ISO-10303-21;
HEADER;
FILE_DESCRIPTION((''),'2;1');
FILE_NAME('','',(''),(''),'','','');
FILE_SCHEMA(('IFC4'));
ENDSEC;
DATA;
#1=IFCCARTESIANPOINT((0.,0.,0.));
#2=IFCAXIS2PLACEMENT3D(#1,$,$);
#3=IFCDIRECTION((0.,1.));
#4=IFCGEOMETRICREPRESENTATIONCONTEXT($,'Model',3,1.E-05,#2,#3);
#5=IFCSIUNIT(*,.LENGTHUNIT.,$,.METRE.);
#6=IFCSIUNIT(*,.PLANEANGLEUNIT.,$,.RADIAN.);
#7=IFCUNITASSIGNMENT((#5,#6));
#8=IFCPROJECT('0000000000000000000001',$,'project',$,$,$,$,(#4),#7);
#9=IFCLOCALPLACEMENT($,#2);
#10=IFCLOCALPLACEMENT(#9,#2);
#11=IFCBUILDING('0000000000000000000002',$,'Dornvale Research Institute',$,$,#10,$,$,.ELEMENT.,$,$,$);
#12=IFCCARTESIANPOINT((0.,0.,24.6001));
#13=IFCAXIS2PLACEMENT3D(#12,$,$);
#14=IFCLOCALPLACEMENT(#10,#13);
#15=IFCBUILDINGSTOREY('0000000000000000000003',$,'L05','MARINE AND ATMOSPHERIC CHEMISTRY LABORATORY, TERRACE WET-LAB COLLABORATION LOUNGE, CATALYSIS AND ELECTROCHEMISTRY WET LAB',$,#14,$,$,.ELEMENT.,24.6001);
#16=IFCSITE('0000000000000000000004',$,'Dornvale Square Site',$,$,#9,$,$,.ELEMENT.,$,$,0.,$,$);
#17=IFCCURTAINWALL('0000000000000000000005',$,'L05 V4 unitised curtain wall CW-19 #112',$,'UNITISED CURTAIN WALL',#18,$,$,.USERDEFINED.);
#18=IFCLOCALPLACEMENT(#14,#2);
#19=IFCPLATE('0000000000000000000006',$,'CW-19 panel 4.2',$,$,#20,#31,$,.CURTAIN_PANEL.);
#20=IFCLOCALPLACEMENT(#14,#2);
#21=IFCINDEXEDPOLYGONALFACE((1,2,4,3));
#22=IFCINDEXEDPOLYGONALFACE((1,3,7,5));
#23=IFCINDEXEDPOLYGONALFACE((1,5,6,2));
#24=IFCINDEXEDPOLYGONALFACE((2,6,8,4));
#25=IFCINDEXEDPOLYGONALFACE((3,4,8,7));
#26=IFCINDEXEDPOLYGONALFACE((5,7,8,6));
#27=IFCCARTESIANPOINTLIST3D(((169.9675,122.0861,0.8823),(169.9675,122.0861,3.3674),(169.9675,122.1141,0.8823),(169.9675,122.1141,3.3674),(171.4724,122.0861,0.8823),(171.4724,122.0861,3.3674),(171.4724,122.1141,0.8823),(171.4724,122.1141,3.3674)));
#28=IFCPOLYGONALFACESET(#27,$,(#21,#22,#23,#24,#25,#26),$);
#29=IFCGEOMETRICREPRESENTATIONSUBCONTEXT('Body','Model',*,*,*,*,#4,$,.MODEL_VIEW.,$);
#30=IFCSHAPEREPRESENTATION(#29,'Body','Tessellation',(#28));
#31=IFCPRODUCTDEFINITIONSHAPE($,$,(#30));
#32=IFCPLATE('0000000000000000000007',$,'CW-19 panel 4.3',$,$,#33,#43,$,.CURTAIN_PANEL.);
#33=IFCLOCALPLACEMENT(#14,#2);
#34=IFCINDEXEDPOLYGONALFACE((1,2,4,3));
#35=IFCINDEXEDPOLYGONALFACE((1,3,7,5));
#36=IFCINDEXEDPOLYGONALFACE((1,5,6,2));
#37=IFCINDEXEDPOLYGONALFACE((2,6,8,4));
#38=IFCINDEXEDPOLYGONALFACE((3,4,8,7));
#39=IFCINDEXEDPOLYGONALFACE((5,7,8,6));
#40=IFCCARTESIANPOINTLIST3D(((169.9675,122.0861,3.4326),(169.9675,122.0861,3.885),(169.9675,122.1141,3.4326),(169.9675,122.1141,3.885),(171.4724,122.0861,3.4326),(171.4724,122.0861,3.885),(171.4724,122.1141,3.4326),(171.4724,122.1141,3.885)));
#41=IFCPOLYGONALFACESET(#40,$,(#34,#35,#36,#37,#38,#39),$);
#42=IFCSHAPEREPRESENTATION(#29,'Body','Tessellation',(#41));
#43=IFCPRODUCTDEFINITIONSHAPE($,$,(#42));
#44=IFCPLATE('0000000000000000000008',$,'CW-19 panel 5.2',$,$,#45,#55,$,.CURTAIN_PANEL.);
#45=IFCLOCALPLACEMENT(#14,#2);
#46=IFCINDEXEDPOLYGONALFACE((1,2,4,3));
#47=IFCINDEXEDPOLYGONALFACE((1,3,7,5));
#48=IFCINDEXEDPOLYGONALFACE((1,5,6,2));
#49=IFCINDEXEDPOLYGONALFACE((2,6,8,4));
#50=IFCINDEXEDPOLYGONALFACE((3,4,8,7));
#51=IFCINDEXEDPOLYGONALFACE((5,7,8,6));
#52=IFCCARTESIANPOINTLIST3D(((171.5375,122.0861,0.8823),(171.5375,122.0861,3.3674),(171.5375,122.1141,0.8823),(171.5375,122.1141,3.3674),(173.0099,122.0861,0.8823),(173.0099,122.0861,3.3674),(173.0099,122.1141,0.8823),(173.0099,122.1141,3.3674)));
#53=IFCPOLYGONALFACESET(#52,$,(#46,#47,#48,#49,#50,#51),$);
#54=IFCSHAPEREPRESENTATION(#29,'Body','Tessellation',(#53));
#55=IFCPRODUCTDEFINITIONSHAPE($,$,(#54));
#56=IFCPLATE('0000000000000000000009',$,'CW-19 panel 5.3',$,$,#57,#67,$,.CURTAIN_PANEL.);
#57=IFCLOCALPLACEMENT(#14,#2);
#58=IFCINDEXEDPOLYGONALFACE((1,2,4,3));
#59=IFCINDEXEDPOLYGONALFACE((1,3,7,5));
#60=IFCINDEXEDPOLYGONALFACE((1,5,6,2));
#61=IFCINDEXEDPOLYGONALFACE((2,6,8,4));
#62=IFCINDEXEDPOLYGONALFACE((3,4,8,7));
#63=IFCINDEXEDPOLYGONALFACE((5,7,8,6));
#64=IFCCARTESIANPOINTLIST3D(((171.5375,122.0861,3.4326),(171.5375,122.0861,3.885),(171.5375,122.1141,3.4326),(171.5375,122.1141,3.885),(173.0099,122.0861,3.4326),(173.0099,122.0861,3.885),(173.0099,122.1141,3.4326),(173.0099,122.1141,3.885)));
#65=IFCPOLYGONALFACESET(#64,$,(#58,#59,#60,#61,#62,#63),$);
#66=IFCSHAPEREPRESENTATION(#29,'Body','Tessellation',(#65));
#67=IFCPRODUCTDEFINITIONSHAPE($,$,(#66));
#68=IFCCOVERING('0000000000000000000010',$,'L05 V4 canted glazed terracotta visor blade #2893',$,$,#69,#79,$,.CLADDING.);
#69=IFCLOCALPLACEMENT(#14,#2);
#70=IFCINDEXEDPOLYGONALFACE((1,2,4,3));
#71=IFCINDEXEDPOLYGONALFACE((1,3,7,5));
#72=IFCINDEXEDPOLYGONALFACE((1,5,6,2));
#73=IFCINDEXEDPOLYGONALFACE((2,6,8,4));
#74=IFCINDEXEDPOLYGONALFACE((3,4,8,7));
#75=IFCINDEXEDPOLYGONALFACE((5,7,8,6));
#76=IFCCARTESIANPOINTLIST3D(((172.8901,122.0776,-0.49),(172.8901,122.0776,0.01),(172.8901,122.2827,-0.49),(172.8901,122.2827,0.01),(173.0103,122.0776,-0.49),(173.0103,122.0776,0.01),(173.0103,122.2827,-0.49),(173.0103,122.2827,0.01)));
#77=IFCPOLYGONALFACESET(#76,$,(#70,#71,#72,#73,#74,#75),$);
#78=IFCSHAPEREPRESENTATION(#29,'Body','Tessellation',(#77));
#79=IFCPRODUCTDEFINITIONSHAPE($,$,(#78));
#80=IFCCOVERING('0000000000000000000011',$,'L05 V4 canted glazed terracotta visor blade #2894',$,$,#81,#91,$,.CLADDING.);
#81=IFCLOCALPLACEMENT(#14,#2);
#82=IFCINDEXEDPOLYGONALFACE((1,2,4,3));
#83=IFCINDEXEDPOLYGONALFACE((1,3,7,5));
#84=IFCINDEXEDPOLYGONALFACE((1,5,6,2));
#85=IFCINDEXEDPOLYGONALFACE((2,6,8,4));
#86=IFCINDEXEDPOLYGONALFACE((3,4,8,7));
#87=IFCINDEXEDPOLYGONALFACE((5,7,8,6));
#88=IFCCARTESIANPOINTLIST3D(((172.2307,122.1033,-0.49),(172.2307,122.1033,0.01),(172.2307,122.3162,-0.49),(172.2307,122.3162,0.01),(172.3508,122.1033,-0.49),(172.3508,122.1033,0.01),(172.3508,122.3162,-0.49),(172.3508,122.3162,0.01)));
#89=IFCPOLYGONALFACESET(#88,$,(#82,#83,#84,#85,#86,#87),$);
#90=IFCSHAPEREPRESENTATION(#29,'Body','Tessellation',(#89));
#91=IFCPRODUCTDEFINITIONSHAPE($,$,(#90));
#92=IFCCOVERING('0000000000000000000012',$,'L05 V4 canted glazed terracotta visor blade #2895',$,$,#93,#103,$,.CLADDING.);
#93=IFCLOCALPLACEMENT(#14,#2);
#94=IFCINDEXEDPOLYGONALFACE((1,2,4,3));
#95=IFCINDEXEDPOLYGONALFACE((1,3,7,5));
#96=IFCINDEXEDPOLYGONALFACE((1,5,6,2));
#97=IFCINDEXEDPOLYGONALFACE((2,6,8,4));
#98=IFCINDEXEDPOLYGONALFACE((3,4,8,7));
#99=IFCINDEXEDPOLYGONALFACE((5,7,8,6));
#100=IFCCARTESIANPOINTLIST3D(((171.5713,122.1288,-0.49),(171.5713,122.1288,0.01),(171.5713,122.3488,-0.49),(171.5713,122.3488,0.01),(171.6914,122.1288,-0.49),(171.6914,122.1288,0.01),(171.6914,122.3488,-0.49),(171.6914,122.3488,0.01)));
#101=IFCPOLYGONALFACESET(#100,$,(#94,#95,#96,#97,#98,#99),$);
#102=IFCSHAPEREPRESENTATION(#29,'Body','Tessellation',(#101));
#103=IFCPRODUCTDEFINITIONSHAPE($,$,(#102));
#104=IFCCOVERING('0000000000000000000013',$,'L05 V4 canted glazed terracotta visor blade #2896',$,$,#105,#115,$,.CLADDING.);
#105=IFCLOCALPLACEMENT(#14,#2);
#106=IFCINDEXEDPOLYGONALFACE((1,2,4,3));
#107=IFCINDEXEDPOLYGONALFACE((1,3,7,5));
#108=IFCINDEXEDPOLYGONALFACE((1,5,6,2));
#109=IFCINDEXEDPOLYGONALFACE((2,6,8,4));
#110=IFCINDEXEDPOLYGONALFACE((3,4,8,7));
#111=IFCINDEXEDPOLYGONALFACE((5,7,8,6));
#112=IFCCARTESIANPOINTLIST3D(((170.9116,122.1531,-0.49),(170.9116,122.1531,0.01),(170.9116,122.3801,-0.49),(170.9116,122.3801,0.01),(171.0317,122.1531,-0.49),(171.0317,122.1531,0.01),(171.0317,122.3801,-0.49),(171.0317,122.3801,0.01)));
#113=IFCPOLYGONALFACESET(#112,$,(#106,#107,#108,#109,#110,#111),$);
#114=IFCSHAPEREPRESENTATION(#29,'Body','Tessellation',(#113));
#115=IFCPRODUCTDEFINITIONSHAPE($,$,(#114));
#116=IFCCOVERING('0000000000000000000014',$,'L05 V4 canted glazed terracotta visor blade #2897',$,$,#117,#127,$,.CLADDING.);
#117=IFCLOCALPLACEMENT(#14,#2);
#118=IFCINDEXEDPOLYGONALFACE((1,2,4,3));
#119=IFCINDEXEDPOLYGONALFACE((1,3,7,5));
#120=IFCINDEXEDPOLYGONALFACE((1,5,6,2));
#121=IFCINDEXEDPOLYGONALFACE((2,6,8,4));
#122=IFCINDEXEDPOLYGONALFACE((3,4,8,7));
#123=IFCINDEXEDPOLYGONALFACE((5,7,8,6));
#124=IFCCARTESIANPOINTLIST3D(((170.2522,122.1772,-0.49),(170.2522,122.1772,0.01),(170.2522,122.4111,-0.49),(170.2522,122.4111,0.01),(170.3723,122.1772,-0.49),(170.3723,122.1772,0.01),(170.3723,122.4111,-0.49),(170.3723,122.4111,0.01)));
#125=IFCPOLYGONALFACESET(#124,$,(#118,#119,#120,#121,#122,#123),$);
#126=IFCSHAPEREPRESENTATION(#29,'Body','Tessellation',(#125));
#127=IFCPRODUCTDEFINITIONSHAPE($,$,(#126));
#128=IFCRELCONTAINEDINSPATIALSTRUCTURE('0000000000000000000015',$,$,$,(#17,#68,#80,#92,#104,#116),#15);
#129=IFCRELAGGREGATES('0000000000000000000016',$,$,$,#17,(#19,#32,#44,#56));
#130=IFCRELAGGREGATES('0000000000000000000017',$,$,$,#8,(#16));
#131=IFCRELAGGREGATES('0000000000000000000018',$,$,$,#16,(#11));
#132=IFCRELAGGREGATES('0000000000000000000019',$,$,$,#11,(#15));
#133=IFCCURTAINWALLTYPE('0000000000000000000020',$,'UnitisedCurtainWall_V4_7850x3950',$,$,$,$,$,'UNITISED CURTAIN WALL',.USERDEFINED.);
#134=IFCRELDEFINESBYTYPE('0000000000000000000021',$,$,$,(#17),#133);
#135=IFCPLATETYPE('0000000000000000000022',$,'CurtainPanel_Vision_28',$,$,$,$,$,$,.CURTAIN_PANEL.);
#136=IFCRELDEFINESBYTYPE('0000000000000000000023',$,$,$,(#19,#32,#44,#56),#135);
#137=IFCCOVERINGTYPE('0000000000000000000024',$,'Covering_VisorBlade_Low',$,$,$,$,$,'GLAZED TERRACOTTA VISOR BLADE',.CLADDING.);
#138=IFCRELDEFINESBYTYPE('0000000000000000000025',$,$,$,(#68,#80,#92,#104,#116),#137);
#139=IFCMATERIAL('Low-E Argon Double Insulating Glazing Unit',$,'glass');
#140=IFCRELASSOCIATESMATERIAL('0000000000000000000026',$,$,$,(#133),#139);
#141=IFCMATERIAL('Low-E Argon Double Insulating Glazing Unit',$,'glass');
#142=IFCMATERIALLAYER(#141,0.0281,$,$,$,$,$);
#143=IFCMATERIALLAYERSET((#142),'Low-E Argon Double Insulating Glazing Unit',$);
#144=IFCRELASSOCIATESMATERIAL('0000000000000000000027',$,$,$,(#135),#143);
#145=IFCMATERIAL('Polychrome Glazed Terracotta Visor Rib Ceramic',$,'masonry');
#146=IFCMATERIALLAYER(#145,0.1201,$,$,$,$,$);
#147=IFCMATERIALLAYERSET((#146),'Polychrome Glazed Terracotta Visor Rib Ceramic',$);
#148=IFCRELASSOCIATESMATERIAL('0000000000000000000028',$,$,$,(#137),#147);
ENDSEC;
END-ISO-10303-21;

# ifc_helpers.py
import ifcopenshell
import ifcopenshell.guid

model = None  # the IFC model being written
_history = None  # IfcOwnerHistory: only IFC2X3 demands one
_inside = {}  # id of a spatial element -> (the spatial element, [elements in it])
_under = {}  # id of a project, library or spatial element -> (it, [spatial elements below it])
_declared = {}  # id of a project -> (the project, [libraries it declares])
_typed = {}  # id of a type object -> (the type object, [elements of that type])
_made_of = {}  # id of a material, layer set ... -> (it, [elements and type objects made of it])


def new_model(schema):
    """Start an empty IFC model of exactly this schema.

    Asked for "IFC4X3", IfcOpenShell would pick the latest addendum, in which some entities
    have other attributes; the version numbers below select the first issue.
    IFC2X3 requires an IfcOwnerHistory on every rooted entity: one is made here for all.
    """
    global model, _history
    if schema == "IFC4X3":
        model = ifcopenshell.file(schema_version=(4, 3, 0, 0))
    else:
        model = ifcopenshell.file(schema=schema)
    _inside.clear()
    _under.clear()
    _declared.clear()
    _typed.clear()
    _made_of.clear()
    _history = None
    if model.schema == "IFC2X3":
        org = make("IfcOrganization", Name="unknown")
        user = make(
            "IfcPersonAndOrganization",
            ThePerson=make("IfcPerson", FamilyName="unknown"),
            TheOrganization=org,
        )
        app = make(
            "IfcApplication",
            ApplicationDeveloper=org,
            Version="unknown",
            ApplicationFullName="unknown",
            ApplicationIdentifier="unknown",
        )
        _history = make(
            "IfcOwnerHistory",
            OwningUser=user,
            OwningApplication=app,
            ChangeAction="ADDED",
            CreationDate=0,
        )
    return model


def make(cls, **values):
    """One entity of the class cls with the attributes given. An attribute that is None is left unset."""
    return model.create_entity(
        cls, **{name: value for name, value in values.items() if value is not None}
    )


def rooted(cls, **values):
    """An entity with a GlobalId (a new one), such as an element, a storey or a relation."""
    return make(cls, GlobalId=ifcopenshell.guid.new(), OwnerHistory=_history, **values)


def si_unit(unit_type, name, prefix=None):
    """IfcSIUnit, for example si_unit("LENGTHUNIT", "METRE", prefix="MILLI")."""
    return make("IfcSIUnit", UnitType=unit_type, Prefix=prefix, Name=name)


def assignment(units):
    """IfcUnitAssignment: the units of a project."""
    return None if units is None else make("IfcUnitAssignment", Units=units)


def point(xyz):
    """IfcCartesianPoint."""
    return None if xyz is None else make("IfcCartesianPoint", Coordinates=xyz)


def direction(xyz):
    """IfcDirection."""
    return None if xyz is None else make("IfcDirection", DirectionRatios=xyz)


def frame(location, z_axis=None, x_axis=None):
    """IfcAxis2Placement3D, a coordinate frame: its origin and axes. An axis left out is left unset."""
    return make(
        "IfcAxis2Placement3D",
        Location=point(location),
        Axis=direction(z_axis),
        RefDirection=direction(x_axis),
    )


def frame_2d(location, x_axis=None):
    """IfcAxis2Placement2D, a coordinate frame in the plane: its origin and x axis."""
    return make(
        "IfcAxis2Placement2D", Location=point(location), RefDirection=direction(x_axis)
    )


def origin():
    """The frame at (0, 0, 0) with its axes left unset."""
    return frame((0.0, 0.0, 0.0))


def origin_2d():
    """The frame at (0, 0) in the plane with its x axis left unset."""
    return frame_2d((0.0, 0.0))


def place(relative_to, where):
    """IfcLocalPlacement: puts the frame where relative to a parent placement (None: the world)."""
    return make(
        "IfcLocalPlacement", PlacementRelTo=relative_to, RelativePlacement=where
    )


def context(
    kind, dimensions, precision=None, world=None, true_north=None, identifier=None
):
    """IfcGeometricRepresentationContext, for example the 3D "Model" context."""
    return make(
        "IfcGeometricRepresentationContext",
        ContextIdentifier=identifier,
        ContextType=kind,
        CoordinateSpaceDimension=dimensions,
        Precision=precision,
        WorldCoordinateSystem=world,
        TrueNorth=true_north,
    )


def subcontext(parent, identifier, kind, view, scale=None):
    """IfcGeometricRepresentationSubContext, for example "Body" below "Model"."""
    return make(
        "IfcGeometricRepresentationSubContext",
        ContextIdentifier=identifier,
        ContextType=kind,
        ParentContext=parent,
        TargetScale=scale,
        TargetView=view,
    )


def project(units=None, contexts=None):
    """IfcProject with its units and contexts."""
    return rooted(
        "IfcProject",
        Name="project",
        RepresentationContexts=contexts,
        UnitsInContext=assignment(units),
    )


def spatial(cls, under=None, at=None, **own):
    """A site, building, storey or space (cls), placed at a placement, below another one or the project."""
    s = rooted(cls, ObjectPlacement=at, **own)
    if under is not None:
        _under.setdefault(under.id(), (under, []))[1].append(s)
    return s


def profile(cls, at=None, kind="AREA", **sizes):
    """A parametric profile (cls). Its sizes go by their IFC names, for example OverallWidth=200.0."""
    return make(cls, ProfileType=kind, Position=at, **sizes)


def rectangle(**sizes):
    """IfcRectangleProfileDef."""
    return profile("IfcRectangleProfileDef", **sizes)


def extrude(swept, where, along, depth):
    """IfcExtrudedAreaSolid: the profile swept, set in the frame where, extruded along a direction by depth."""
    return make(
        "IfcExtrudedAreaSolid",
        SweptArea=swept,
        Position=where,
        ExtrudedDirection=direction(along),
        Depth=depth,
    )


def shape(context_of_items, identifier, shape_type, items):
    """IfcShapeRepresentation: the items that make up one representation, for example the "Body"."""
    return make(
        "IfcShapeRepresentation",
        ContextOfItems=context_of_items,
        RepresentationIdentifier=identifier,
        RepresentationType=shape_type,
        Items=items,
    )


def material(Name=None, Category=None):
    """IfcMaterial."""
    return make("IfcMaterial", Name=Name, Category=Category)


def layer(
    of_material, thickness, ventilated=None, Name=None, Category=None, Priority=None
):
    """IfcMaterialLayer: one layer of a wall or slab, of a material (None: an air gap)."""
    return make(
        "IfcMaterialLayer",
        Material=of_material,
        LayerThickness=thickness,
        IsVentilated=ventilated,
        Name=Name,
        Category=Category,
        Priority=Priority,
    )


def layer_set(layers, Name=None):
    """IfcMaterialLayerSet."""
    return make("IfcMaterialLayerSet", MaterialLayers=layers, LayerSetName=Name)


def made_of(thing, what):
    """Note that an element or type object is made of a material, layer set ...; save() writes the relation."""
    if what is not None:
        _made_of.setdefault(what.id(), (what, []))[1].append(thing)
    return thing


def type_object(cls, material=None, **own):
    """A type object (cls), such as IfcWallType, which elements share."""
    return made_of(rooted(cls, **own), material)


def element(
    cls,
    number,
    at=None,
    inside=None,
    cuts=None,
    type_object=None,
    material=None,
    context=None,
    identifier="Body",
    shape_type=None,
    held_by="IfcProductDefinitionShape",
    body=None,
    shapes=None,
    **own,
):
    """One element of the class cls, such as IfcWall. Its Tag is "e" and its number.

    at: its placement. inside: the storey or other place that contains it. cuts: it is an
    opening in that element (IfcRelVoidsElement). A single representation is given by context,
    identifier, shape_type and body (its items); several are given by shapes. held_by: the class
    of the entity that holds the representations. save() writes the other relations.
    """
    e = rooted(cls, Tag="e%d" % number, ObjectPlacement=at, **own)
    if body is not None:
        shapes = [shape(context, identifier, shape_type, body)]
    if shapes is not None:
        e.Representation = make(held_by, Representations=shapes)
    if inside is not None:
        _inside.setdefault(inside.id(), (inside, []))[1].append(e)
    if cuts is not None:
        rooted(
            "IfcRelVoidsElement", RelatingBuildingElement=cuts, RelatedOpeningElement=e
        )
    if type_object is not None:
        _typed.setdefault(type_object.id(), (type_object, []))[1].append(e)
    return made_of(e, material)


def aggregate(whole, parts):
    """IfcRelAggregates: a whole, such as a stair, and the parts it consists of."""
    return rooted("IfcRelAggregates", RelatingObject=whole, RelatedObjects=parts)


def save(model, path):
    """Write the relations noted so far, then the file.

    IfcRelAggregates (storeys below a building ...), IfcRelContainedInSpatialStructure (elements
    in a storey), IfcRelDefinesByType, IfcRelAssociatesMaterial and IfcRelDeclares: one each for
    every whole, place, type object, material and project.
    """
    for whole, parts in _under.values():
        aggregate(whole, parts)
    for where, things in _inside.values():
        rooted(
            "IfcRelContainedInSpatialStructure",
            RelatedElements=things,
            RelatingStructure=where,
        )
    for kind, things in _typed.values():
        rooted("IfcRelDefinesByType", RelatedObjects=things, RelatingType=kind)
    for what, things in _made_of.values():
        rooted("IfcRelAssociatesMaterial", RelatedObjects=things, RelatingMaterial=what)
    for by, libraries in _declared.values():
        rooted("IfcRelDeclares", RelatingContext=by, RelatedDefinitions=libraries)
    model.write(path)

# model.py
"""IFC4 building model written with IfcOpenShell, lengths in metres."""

from ifc_helpers import new_model, si_unit, direction, frame, origin, origin_2d, place, context, subcontext, project, spatial, rectangle, extrude, material, layer, layer_set, type_object, element, aggregate, save


model = new_model("IFC4")

# Units and contexts
model_context = context("Model", 3, precision=1e-05, world=origin(), true_north=direction((0.0, 1.0)))
body_context = subcontext(model_context, "Body", "Model", "MODEL_VIEW")
ifc_project = project(units=[si_unit("LENGTHUNIT", "METRE"), si_unit("PLANEANGLEUNIT", "RADIAN")], contexts=[model_context])

# Site, building, storey
site_placement = place(None, origin())
site = spatial("IfcSite", under=ifc_project, at=site_placement, Name="Dornvale Square Site", CompositionType="ELEMENT", RefElevation=0.0)
building_placement = place(site_placement, origin())
building = spatial("IfcBuilding", under=site, at=building_placement, Name="Dornvale Research Institute", CompositionType="ELEMENT")
storey_placement = place(building_placement, frame((0.0, 0.0, 24.6001)))
storey = spatial("IfcBuildingStorey", under=building, at=storey_placement, Name="L05", Description="MARINE AND ATMOSPHERIC CHEMISTRY LABORATORY, TERRACE WET-LAB COLLABORATION LOUNGE, CATALYSIS AND ELECTROCHEMISTRY WET LAB", CompositionType="ELEMENT", Elevation=24.6001)

# Curtain wall
ifc_material_1 = material(Name="Low-E Argon Double Insulating Glazing Unit", Category="glass")
curtain_wall_type = type_object("IfcCurtainWallType", Name="UnitisedCurtainWall_V4_7850x3950", ElementType="UNITISED CURTAIN WALL", PredefinedType="USERDEFINED", material=ifc_material_1)
curtain_wall_placement = place(storey_placement, origin())
curtain_wall = element("IfcCurtainWall", 1, at=curtain_wall_placement, inside=storey, type_object=curtain_wall_type, Name="L05 V4 unitised curtain wall CW-19 #112", ObjectType="UNITISED CURTAIN WALL", PredefinedType="USERDEFINED")

# Plates
ifc_material_2 = material(Name="Low-E Argon Double Insulating Glazing Unit", Category="glass")
ifc_layer_1 = layer(ifc_material_2, 0.0281)
ifc_layer_set_1 = layer_set([ifc_layer_1], Name="Low-E Argon Double Insulating Glazing Unit")
plate_type_1 = type_object("IfcPlateType", Name="CurtainPanel_Vision_28", PredefinedType="CURTAIN_PANEL", material=ifc_layer_set_1)
plate_1_placement = place(storey_placement, frame((170.72, 122.1001, 0.8823), z_axis=(0.0, 0.0, 1.0), x_axis=(1.0, 0.0, 0.0)))
plate_1 = element("IfcPlate", 2, at=plate_1_placement, type_object=plate_type_1, Name="CW-19 panel 4.2", PredefinedType="CURTAIN_PANEL", context=body_context, shape_type="SweptSolid", body=[
    extrude(rectangle(XDim=1.5049, YDim=0.0281, at=origin_2d()), origin(), (0.0, 0.0, 1.0), 2.4851),
])
plate_2_placement = place(storey_placement, frame((170.72, 122.1001, 3.4326), z_axis=(0.0, 0.0, 1.0), x_axis=(1.0, 0.0, 0.0)))
plate_2 = element("IfcPlate", 3, at=plate_2_placement, type_object=plate_type_1, Name="CW-19 panel 4.3", PredefinedType="CURTAIN_PANEL", context=body_context, shape_type="SweptSolid", body=[
    extrude(rectangle(XDim=1.5049, YDim=0.0281, at=origin_2d()), origin(), (0.0, 0.0, 1.0), 0.4524),
])
plate_3_placement = place(storey_placement, frame((172.2737, 122.1001, 0.8823), z_axis=(0.0, 0.0, 1.0), x_axis=(1.0, 0.0, 0.0)))
plate_3 = element("IfcPlate", 4, at=plate_3_placement, type_object=plate_type_1, Name="CW-19 panel 5.2", PredefinedType="CURTAIN_PANEL", context=body_context, shape_type="SweptSolid", body=[
    extrude(rectangle(XDim=1.4724, YDim=0.0281, at=origin_2d()), origin(), (0.0, 0.0, 1.0), 2.4851),
])
plate_4_placement = place(storey_placement, frame((172.2737, 122.1001, 3.4326), z_axis=(0.0, 0.0, 1.0), x_axis=(1.0, 0.0, 0.0)))
plate_4 = element("IfcPlate", 5, at=plate_4_placement, type_object=plate_type_1, Name="CW-19 panel 5.3", PredefinedType="CURTAIN_PANEL", context=body_context, shape_type="SweptSolid", body=[
    extrude(rectangle(XDim=1.4724, YDim=0.0281, at=origin_2d()), origin(), (0.0, 0.0, 1.0), 0.4524),
])
aggregate(curtain_wall, [plate_1, plate_2, plate_3, plate_4])

# Coverings
ifc_material_3 = material(Name="Polychrome Glazed Terracotta Visor Rib Ceramic", Category="masonry")
ifc_layer_2 = layer(ifc_material_3, 0.1201)
ifc_layer_set_2 = layer_set([ifc_layer_2], Name="Polychrome Glazed Terracotta Visor Rib Ceramic")
covering_type = type_object("IfcCoveringType", Name="Covering_VisorBlade_Low", ElementType="GLAZED TERRACOTTA VISOR BLADE", PredefinedType="CLADDING", material=ifc_layer_set_2)
covering_1_placement = place(storey_placement, frame((172.9502, 122.1802, -0.49), z_axis=(0.0, 0.0, 1.0), x_axis=(0.0, 1.0, 0.0)))
element("IfcCovering", 6, at=covering_1_placement, inside=storey, type_object=covering_type, Name="L05 V4 canted glazed terracotta visor blade #2893", PredefinedType="CLADDING", context=body_context, shape_type="SweptSolid", body=[
    extrude(rectangle(XDim=0.2051, YDim=0.1201, at=origin_2d()), origin(), (0.0, 0.0, 1.0), 0.5),
])
covering_2_placement = place(storey_placement, frame((172.2908, 122.2097, -0.49), z_axis=(0.0, 0.0, 1.0), x_axis=(0.0, 1.0, 0.0)))
element("IfcCovering", 7, at=covering_2_placement, inside=storey, type_object=covering_type, Name="L05 V4 canted glazed terracotta visor blade #2894", PredefinedType="CLADDING", context=body_context, shape_type="SweptSolid", body=[
    extrude(rectangle(XDim=0.2129, YDim=0.1201, at=origin_2d()), origin(), (0.0, 0.0, 1.0), 0.5),
])
covering_3_placement = place(storey_placement, frame((171.6313, 122.2388, -0.49), z_axis=(0.0, 0.0, 1.0), x_axis=(0.0, 1.0, 0.0)))
element("IfcCovering", 8, at=covering_3_placement, inside=storey, type_object=covering_type, Name="L05 V4 canted glazed terracotta visor blade #2895", PredefinedType="CLADDING", context=body_context, shape_type="SweptSolid", body=[
    extrude(rectangle(XDim=0.22, YDim=0.1201, at=origin_2d()), origin(), (0.0, 0.0, 1.0), 0.5),
])
covering_4_placement = place(storey_placement, frame((170.9717, 122.2666, -0.49), z_axis=(0.0, 0.0, 1.0), x_axis=(0.0, 1.0, 0.0)))
element("IfcCovering", 9, at=covering_4_placement, inside=storey, type_object=covering_type, Name="L05 V4 canted glazed terracotta visor blade #2896", PredefinedType="CLADDING", context=body_context, shape_type="SweptSolid", body=[
    extrude(rectangle(XDim=0.2271, YDim=0.1201, at=origin_2d()), origin(), (0.0, 0.0, 1.0), 0.5),
])
covering_5_placement = place(storey_placement, frame((170.3123, 122.2942, -0.49), z_axis=(0.0, 0.0, 1.0), x_axis=(0.0, 1.0, 0.0)))
element("IfcCovering", 10, at=covering_5_placement, inside=storey, type_object=covering_type, Name="L05 V4 canted glazed terracotta visor blade #2897", PredefinedType="CLADDING", context=body_context, shape_type="SweptSolid", body=[
    extrude(rectangle(XDim=0.2339, YDim=0.1201, at=origin_2d()), origin(), (0.0, 0.0, 1.0), 0.5),
])

save(model, "model.ifc")
